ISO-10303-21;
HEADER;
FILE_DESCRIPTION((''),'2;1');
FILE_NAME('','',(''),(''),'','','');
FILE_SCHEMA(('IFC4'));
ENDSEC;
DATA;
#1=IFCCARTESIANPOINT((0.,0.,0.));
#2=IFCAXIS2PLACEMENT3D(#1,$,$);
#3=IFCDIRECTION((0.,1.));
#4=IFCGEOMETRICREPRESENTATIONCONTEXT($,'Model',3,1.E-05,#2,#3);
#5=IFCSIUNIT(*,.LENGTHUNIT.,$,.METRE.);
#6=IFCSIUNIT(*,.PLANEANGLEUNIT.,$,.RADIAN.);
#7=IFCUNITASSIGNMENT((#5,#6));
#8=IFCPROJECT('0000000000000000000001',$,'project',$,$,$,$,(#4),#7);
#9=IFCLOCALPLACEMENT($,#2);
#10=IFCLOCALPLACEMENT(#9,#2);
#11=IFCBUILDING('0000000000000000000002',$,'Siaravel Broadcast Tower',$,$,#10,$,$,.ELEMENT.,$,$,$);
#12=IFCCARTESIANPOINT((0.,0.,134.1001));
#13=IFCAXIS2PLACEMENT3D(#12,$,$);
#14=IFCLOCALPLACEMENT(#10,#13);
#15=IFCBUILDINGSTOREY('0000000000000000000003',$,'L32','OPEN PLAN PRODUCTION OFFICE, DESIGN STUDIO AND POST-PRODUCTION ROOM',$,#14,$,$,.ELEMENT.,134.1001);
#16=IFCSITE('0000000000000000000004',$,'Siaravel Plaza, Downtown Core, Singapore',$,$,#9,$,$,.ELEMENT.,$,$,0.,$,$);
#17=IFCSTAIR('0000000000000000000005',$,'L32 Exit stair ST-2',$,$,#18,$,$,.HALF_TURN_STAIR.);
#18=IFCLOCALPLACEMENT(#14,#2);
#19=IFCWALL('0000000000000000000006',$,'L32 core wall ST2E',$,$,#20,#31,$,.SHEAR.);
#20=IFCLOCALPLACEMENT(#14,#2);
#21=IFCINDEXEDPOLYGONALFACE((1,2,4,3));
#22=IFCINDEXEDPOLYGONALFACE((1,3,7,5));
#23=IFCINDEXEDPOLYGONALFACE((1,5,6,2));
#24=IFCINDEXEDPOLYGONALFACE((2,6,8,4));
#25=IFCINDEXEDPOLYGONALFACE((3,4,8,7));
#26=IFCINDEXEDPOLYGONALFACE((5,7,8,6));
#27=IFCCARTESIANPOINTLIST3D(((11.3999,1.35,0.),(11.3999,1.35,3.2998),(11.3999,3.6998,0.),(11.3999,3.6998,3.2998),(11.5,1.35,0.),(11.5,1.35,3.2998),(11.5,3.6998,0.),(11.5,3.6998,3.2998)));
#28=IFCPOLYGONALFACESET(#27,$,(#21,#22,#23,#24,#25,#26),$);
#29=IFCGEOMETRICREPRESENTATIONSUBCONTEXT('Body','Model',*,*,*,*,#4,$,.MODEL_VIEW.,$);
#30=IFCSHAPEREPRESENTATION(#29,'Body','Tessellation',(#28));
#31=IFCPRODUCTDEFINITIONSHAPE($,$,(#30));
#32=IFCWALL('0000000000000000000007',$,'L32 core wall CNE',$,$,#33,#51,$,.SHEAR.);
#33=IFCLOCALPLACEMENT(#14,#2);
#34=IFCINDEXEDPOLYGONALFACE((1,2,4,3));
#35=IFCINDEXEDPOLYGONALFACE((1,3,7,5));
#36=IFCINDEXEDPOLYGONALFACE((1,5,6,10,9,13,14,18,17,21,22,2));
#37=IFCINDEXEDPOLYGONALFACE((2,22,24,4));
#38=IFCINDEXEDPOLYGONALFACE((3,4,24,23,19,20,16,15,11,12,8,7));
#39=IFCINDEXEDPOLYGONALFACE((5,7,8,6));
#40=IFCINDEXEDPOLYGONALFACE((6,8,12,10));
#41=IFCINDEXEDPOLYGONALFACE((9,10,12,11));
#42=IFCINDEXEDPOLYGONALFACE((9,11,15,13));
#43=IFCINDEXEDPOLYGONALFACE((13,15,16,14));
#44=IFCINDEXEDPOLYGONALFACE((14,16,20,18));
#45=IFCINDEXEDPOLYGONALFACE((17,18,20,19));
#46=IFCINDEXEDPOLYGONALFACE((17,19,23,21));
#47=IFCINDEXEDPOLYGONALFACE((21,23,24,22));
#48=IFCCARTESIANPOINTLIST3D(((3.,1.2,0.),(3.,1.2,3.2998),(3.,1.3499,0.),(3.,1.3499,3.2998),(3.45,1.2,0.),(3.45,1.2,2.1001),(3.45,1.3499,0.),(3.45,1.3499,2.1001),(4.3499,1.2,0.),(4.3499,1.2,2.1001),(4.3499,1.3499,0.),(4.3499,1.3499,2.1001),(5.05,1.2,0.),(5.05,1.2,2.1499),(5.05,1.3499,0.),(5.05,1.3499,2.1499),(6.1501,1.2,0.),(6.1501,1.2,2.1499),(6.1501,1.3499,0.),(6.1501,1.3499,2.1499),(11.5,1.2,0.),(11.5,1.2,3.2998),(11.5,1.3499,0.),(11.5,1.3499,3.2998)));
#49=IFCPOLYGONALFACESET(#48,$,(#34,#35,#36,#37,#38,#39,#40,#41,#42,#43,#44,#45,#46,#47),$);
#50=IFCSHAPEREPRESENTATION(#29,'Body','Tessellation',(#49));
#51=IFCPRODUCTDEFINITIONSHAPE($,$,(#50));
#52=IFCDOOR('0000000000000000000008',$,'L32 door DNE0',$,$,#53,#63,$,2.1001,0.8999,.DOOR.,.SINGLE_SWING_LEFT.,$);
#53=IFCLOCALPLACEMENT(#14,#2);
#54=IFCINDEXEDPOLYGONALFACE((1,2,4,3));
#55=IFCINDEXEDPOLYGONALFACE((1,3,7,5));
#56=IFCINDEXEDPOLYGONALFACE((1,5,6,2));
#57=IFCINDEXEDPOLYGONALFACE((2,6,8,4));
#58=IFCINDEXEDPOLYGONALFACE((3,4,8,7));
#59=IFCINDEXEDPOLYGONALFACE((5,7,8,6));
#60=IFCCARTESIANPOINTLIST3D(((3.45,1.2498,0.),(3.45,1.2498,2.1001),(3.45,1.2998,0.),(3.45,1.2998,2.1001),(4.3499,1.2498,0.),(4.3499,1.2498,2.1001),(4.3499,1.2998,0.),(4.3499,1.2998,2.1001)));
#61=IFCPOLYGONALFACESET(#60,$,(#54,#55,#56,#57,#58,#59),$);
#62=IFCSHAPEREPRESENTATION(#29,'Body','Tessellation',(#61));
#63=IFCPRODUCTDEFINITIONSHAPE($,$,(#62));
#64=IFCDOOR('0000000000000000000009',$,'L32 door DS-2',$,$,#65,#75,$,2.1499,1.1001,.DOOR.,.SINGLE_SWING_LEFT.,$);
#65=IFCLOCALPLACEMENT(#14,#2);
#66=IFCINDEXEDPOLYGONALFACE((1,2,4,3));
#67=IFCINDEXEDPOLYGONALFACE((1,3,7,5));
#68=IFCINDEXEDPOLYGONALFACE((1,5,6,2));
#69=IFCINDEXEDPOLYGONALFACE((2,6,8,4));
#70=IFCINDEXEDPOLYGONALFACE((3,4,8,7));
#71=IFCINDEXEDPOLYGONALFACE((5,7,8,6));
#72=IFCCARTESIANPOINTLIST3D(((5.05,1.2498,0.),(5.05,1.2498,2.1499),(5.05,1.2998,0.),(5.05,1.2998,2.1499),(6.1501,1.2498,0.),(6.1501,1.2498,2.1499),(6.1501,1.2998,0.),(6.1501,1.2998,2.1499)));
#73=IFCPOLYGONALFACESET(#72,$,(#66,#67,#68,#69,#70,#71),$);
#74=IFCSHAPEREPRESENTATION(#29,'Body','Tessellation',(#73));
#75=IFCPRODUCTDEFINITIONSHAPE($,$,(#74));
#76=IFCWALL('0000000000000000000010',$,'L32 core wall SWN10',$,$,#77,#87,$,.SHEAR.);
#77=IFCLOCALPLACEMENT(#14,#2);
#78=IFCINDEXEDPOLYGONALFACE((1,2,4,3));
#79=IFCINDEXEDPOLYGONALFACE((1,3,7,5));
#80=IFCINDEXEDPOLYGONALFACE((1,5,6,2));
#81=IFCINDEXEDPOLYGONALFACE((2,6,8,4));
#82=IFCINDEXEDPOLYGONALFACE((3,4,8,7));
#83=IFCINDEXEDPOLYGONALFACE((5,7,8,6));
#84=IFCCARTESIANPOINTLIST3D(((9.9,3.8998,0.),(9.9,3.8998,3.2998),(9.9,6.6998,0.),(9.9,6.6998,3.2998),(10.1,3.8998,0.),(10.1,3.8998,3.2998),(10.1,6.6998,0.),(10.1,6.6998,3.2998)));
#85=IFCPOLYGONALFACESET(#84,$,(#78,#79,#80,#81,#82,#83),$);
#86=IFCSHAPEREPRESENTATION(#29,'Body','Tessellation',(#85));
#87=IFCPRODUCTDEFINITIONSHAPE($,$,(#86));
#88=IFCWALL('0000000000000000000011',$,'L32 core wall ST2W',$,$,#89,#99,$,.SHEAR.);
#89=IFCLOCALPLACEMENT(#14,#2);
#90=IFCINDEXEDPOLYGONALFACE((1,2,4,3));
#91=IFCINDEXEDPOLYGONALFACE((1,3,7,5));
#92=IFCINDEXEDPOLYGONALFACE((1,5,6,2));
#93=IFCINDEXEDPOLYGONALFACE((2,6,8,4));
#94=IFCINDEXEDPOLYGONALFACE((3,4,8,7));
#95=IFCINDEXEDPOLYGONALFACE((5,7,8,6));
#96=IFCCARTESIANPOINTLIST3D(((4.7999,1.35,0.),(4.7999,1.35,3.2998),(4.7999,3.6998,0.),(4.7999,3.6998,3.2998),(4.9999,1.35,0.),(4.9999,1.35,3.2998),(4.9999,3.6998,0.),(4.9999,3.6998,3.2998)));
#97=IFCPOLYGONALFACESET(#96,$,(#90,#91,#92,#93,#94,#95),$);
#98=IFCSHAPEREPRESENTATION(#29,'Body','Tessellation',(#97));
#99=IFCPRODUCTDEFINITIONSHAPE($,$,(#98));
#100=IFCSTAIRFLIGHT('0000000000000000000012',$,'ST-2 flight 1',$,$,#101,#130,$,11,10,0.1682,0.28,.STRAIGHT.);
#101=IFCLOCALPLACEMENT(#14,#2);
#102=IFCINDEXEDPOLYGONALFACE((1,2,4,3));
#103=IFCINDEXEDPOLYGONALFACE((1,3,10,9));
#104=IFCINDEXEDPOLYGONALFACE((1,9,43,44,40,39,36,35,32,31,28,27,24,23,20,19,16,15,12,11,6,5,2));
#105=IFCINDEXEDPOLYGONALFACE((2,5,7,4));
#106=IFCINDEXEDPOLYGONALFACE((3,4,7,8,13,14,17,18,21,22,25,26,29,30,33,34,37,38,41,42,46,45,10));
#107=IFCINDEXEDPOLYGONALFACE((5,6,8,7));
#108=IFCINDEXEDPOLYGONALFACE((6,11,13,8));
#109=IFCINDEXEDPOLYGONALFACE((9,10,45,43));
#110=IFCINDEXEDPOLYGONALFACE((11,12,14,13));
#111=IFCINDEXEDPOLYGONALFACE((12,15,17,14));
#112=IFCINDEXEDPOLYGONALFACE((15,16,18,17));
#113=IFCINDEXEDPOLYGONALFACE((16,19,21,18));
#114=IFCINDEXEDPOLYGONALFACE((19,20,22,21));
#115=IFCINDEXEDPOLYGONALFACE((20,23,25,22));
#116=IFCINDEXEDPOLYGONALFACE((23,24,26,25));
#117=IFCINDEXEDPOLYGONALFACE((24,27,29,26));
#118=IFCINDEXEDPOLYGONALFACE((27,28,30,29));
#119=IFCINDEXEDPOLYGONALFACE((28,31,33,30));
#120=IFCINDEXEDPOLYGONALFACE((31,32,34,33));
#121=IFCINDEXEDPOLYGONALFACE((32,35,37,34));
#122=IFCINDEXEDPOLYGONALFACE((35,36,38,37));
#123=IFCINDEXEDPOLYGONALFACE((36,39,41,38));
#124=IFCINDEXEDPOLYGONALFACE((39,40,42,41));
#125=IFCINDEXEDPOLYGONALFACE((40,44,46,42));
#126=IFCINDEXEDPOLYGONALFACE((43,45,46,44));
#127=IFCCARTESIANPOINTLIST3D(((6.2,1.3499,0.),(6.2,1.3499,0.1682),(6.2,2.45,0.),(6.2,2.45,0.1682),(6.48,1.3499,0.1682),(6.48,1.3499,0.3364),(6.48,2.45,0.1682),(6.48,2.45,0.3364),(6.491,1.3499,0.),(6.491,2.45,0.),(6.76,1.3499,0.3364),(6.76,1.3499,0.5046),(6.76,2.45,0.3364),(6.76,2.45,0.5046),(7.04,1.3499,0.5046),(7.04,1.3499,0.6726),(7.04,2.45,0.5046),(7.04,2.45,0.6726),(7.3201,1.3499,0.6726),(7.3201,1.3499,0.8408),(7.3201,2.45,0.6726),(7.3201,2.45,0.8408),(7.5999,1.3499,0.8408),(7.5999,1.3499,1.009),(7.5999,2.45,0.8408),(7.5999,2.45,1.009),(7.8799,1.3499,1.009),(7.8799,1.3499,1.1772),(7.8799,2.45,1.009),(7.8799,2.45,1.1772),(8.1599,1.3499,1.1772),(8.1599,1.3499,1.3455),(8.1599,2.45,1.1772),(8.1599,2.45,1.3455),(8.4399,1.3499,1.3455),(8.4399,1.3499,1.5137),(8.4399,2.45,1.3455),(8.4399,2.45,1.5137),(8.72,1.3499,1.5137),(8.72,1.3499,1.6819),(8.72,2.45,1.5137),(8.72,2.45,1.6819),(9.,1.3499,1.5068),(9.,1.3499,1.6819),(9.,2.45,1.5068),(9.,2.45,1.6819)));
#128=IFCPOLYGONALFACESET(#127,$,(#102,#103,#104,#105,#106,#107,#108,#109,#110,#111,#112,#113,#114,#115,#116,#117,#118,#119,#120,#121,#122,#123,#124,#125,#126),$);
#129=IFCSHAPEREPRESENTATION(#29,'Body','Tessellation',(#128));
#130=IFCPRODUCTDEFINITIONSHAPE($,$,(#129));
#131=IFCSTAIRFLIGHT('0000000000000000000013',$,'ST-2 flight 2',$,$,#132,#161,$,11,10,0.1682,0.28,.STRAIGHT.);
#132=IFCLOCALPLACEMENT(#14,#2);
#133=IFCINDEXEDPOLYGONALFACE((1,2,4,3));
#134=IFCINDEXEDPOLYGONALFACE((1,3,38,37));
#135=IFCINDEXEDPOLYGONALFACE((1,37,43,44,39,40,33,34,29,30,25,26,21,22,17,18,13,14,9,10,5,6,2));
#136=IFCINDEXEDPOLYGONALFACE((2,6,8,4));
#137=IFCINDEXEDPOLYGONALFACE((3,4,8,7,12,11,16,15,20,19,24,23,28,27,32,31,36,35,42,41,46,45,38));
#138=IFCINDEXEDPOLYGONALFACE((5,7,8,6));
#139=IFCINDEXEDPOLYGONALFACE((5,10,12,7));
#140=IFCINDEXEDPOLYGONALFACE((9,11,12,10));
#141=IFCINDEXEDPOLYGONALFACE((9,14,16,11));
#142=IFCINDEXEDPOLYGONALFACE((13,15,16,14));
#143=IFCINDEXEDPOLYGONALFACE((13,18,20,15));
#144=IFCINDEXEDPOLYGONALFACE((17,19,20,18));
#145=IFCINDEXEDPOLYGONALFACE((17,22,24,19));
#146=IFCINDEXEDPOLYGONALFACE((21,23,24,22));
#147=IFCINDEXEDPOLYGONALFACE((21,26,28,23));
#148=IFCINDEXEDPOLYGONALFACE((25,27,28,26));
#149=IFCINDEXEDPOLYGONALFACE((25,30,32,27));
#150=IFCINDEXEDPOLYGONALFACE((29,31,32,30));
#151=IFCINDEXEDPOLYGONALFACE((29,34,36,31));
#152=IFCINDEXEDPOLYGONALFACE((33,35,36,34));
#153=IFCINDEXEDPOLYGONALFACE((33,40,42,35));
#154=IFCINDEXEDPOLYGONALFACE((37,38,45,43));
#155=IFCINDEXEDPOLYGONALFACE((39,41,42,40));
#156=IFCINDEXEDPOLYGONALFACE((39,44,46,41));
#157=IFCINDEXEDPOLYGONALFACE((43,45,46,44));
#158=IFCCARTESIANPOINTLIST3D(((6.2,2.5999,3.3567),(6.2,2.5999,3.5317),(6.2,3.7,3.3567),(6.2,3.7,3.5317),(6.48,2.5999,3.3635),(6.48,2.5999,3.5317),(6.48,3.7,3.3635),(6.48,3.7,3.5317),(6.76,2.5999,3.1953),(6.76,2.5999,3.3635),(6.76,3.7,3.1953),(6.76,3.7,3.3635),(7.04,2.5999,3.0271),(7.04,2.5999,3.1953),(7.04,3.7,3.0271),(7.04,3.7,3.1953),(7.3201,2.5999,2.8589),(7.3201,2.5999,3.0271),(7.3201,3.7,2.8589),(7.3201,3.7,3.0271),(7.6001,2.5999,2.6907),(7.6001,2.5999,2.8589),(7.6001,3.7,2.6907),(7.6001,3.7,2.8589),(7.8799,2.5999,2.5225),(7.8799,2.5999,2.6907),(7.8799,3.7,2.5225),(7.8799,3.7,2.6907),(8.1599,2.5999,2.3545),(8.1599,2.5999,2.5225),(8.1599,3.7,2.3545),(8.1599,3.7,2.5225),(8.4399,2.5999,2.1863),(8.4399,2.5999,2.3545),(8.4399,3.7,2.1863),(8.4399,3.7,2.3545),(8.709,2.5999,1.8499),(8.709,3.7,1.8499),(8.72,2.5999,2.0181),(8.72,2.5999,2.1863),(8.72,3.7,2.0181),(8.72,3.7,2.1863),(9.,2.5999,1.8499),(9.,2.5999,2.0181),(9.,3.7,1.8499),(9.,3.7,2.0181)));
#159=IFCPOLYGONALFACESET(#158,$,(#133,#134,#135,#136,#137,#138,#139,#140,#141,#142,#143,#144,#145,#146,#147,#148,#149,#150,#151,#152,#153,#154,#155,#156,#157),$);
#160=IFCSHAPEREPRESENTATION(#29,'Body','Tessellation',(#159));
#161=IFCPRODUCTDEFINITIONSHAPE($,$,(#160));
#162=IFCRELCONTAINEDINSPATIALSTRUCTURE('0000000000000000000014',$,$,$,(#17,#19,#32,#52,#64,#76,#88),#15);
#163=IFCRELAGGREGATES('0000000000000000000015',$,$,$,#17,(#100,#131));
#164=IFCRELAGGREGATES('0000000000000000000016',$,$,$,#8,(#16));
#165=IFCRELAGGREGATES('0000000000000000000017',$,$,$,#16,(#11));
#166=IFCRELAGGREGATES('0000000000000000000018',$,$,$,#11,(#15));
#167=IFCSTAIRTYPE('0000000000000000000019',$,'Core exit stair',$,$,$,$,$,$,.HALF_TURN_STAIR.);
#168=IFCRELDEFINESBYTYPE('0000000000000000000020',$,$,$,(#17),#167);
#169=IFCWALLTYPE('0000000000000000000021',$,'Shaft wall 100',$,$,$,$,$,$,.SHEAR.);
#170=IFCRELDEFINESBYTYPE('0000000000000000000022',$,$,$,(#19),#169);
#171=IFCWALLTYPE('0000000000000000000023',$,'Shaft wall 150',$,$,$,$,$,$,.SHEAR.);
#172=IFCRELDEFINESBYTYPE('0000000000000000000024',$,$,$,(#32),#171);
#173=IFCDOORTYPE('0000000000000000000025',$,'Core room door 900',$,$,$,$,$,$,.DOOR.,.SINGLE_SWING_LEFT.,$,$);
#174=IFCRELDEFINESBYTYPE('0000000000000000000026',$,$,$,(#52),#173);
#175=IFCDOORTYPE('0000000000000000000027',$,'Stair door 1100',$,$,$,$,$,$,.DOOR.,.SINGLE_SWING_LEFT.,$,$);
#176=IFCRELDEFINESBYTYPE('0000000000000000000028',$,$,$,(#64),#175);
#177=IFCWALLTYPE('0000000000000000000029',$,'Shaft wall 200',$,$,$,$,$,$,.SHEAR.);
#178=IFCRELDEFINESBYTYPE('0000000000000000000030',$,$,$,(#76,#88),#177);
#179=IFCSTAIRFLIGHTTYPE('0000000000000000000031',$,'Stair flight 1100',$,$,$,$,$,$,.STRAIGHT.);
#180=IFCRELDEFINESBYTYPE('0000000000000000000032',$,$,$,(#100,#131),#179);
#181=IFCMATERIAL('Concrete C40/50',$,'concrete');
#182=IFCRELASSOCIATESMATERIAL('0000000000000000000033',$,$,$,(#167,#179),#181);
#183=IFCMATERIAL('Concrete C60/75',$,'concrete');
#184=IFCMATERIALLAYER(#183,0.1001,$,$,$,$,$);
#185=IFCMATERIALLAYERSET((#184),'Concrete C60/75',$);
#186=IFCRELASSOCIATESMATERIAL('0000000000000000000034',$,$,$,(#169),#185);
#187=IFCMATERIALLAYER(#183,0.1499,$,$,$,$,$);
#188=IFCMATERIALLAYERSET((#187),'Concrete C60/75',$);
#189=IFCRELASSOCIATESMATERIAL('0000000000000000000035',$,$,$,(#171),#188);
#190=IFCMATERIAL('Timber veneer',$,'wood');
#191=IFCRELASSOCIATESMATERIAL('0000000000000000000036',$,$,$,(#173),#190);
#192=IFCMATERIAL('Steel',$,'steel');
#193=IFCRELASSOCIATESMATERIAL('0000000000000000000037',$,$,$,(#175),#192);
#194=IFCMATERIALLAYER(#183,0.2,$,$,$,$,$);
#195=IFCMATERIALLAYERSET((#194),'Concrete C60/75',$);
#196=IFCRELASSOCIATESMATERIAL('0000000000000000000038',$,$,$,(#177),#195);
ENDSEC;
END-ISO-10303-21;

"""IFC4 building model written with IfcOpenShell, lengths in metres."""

from ifc_helpers import new_model, si_unit, direction, frame, frame_2d, origin, place, context, subcontext, project, spatial, polyline, rectangle, outline, extrude, material, layer, layer_set, type_object, element, fill, aggregate, save


model = new_model("IFC4")

# Units and contexts
model_context = context("Model", 3, precision=1e-05, world=origin(), true_north=direction((0.0, 1.0)))
body_context = subcontext(model_context, "Body", "Model", "MODEL_VIEW")
ifc_project = project(units=[si_unit("LENGTHUNIT", "METRE"), si_unit("PLANEANGLEUNIT", "RADIAN")], contexts=[model_context])

# Site, building, storey
site_placement = place(None, origin())
site = spatial("IfcSite", under=ifc_project, at=site_placement, Name="Siaravel Plaza, Downtown Core, Singapore", CompositionType="ELEMENT", RefElevation=0.0)
building_placement = place(site_placement, origin())
building = spatial("IfcBuilding", under=site, at=building_placement, Name="Siaravel Broadcast Tower", CompositionType="ELEMENT")
storey_placement = place(building_placement, frame((0.0, 0.0, 134.1001)))
storey = spatial("IfcBuildingStorey", under=building, at=storey_placement, Name="L32", Description="OPEN PLAN PRODUCTION OFFICE, DESIGN STUDIO AND POST-PRODUCTION ROOM", CompositionType="ELEMENT", Elevation=134.1001)

# Shared definitions
ifc_material_1 = material(Name="Concrete C60/75", Category="concrete")

# Shared definitions
ifc_material_2 = material(Name="Concrete C40/50", Category="concrete")

# Stair
stair_type = type_object("IfcStairType", Name="Core exit stair", PredefinedType="HALF_TURN_STAIR", material=ifc_material_2)
stair_1_placement = place(storey_placement, origin())
stair_1 = element("IfcStair", 1, at=stair_1_placement, inside=storey, type_object=stair_type, Name="L32 Exit stair ST-2", PredefinedType="HALF_TURN_STAIR")

# Wall
ifc_layer_1 = layer(ifc_material_1, 0.1001)
ifc_layer_set_1 = layer_set([ifc_layer_1], Name="Concrete C60/75")
wall_type_1 = type_object("IfcWallType", Name="Shaft wall 100", PredefinedType="SHEAR", material=ifc_layer_set_1)
wall_1_placement = place(storey_placement, frame((11.45, 1.3501, 0.0), z_axis=(0.0, 0.0, 1.0), x_axis=(0.0, 1.0, 0.0)))
element("IfcWall", 2, at=wall_1_placement, inside=storey, type_object=wall_type_1, Name="L32 core wall ST2E", PredefinedType="SHEAR", context=body_context, shape_type="SweptSolid", body=[
    extrude(rectangle(XDim=2.3499, YDim=0.1001, at=frame_2d((1.1748, 0.0))), origin(), (0.0, 0.0, 1.0), 3.2998),
])

# Wall, openings, doors
ifc_layer_2 = layer(ifc_material_1, 0.1499)
ifc_layer_set_2 = layer_set([ifc_layer_2], Name="Concrete C60/75")
wall_type_2 = type_object("IfcWallType", Name="Shaft wall 150", PredefinedType="SHEAR", material=ifc_layer_set_2)
wall_2_placement = place(storey_placement, frame((3.0, 1.2749, 0.0), z_axis=(0.0, 0.0, 1.0), x_axis=(1.0, 0.0, 0.0)))
wall_2 = element("IfcWall", 3, at=wall_2_placement, inside=storey, type_object=wall_type_2, Name="L32 core wall CNE", PredefinedType="SHEAR", context=body_context, shape_type="SweptSolid", body=[
    extrude(rectangle(XDim=8.5, YDim=0.1499, at=frame_2d((4.25, 0.0))), origin(), (0.0, 0.0, 1.0), 3.2998),
])
opening_1_placement = place(wall_2_placement, frame((2.05, 0.0, 0.0)))
opening_1 = element("IfcOpeningElement", 4, at=opening_1_placement, cuts=wall_2, PredefinedType="OPENING", context=body_context, shape_type="SweptSolid", body=[
    extrude(rectangle(XDim=1.1001, YDim=2.1499, at=frame_2d((0.55, 1.075))), frame((0.0, 0.085, 0.0), z_axis=(0.0, -1.0, 0.0), x_axis=(1.0, 0.0, 0.0)), (0.0, 0.0, 1.0), 0.1699),
])
opening_2_placement = place(wall_2_placement, frame((0.45, 0.0, 0.0)))
opening_2 = element("IfcOpeningElement", 5, at=opening_2_placement, cuts=wall_2, PredefinedType="OPENING", context=body_context, shape_type="SweptSolid", body=[
    extrude(rectangle(XDim=0.8999, YDim=2.1001, at=frame_2d((0.45, 1.05))), frame((0.0, 0.085, 0.0), z_axis=(0.0, -1.0, 0.0), x_axis=(1.0, 0.0, 0.0)), (0.0, 0.0, 1.0), 0.1699),
])
ifc_material_3 = material(Name="Timber veneer", Category="wood")
door_type_1 = type_object("IfcDoorType", Name="Core room door 900", OperationType="SINGLE_SWING_LEFT", PredefinedType="DOOR", material=ifc_material_3)
door_1_placement = place(opening_2_placement, origin())
door_1 = element("IfcDoor", 6, at=door_1_placement, inside=storey, type_object=door_type_1, Name="L32 door DNE0", OperationType="SINGLE_SWING_LEFT", OverallHeight=2.1001, OverallWidth=0.8999, PredefinedType="DOOR", context=body_context, shape_type="SweptSolid", body=[
    extrude(rectangle(XDim=0.8999, YDim=2.1001, at=frame_2d((0.45, 1.05))), frame((0.0, 0.0249, 0.0), z_axis=(0.0, -1.0, 0.0), x_axis=(1.0, 0.0, 0.0)), (0.0, 0.0, 1.0), 0.05),
])
fill(opening_2, door_1)
ifc_material_4 = material(Name="Steel", Category="steel")
door_type_2 = type_object("IfcDoorType", Name="Stair door 1100", OperationType="SINGLE_SWING_LEFT", PredefinedType="DOOR", material=ifc_material_4)
door_2_placement = place(opening_1_placement, origin())
door_2 = element("IfcDoor", 7, at=door_2_placement, inside=storey, type_object=door_type_2, Name="L32 door DS-2", OperationType="SINGLE_SWING_LEFT", OverallHeight=2.1499, OverallWidth=1.1001, PredefinedType="DOOR", context=body_context, shape_type="SweptSolid", body=[
    extrude(rectangle(XDim=1.1001, YDim=2.1499, at=frame_2d((0.55, 1.075))), frame((0.0, 0.0249, 0.0), z_axis=(0.0, -1.0, 0.0), x_axis=(1.0, 0.0, 0.0)), (0.0, 0.0, 1.0), 0.05),
])
fill(opening_1, door_2)

# Walls
ifc_layer_3 = layer(ifc_material_1, 0.2)
ifc_layer_set_3 = layer_set([ifc_layer_3], Name="Concrete C60/75")
wall_type_3 = type_object("IfcWallType", Name="Shaft wall 200", PredefinedType="SHEAR", material=ifc_layer_set_3)
wall_3_placement = place(storey_placement, frame((10.0, 3.8999, 0.0), z_axis=(0.0, 0.0, 1.0), x_axis=(0.0, 1.0, 0.0)))
element("IfcWall", 8, at=wall_3_placement, inside=storey, type_object=wall_type_3, Name="L32 core wall SWN10", PredefinedType="SHEAR", context=body_context, shape_type="SweptSolid", body=[
    extrude(rectangle(XDim=2.8, YDim=0.2, at=frame_2d((1.3999, 0.0))), origin(), (0.0, 0.0, 1.0), 3.2998),
])
wall_4_placement = place(storey_placement, frame((4.8999, 1.3501, 0.0), z_axis=(0.0, 0.0, 1.0), x_axis=(0.0, 1.0, 0.0)))
element("IfcWall", 9, at=wall_4_placement, inside=storey, type_object=wall_type_3, Name="L32 core wall ST2W", PredefinedType="SHEAR", context=body_context, shape_type="SweptSolid", body=[
    extrude(rectangle(XDim=2.3499, YDim=0.2, at=frame_2d((1.1748, 0.0))), origin(), (0.0, 0.0, 1.0), 3.2998),
])

# Stair flights
stair_flight_type = type_object("IfcStairFlightType", Name="Stair flight 1100", PredefinedType="STRAIGHT", material=ifc_material_2)
stair_flight_1_placement = place(storey_placement, frame((6.2, 1.8999, 0.0), z_axis=(0.0, 0.0, 1.0), x_axis=(1.0, 0.0, 0.0)))
stair_flight_1 = element("IfcStairFlight", 10, at=stair_flight_1_placement, type_object=stair_flight_type, Name="ST-2 flight 1", NumberOfRisers=11, NumberOfTreads=10, PredefinedType="STRAIGHT", RiserHeight=0.1682, TreadLength=0.28, context=body_context, shape_type="SweptSolid", body=[
    extrude(outline(polyline([(0.0, 0.0), (0.0, 0.1682), (0.28, 0.1682), (0.28, 0.3364), (0.5601, 0.3364), (0.5601, 0.5046), (0.8401, 0.5046), (0.8401, 0.6726), (1.1201, 0.6726), (1.1201, 0.8408), (1.3999, 0.8408), (1.3999, 1.009), (1.6799, 1.009), (1.6799, 1.1772), (1.96, 1.1772), (1.96, 1.3455), (2.24, 1.3455), (2.24, 1.5137), (2.52, 1.5137), (2.52, 1.6819), (2.8, 1.6819), (2.8, 1.8501), (2.8, 1.5068), (0.291, 0.0), (0.0, 0.0)])), frame((0.0, 0.55, 0.0), z_axis=(0.0, -1.0, 0.0), x_axis=(1.0, 0.0, 0.0)), (0.0, 0.0, 1.0), 1.1001),
])
stair_flight_2_placement = place(storey_placement, frame((9.0, 3.1499, 1.8499), z_axis=(0.0, 0.0, 1.0), x_axis=(-1.0, 0.0, 0.0)))
stair_flight_2 = element("IfcStairFlight", 11, at=stair_flight_2_placement, type_object=stair_flight_type, Name="ST-2 flight 2", NumberOfRisers=11, NumberOfTreads=10, PredefinedType="STRAIGHT", RiserHeight=0.1682, TreadLength=0.28, context=body_context, shape_type="SweptSolid", body=[
    extrude(outline(polyline([(0.0, 0.0), (0.0, 0.1682), (0.28, 0.1682), (0.28, 0.3364), (0.5601, 0.3364), (0.5601, 0.5046), (0.8401, 0.5046), (0.8401, 0.6726), (1.1201, 0.6726), (1.1201, 0.8408), (1.3999, 0.8408), (1.3999, 1.009), (1.6799, 1.009), (1.6799, 1.1772), (1.96, 1.1772), (1.96, 1.3455), (2.24, 1.3455), (2.24, 1.5137), (2.52, 1.5137), (2.52, 1.6819), (2.8, 1.6819), (2.8, 1.8501), (2.8, 1.5068), (0.291, 0.0), (0.0, 0.0)])), frame((0.0, 0.55, 0.0), z_axis=(0.0, -1.0, 0.0), x_axis=(1.0, 0.0, 0.0)), (0.0, 0.0, 1.0), 1.1001),
])
aggregate(stair_1, [stair_flight_1, stair_flight_2])

save(model, "model.ifc")
